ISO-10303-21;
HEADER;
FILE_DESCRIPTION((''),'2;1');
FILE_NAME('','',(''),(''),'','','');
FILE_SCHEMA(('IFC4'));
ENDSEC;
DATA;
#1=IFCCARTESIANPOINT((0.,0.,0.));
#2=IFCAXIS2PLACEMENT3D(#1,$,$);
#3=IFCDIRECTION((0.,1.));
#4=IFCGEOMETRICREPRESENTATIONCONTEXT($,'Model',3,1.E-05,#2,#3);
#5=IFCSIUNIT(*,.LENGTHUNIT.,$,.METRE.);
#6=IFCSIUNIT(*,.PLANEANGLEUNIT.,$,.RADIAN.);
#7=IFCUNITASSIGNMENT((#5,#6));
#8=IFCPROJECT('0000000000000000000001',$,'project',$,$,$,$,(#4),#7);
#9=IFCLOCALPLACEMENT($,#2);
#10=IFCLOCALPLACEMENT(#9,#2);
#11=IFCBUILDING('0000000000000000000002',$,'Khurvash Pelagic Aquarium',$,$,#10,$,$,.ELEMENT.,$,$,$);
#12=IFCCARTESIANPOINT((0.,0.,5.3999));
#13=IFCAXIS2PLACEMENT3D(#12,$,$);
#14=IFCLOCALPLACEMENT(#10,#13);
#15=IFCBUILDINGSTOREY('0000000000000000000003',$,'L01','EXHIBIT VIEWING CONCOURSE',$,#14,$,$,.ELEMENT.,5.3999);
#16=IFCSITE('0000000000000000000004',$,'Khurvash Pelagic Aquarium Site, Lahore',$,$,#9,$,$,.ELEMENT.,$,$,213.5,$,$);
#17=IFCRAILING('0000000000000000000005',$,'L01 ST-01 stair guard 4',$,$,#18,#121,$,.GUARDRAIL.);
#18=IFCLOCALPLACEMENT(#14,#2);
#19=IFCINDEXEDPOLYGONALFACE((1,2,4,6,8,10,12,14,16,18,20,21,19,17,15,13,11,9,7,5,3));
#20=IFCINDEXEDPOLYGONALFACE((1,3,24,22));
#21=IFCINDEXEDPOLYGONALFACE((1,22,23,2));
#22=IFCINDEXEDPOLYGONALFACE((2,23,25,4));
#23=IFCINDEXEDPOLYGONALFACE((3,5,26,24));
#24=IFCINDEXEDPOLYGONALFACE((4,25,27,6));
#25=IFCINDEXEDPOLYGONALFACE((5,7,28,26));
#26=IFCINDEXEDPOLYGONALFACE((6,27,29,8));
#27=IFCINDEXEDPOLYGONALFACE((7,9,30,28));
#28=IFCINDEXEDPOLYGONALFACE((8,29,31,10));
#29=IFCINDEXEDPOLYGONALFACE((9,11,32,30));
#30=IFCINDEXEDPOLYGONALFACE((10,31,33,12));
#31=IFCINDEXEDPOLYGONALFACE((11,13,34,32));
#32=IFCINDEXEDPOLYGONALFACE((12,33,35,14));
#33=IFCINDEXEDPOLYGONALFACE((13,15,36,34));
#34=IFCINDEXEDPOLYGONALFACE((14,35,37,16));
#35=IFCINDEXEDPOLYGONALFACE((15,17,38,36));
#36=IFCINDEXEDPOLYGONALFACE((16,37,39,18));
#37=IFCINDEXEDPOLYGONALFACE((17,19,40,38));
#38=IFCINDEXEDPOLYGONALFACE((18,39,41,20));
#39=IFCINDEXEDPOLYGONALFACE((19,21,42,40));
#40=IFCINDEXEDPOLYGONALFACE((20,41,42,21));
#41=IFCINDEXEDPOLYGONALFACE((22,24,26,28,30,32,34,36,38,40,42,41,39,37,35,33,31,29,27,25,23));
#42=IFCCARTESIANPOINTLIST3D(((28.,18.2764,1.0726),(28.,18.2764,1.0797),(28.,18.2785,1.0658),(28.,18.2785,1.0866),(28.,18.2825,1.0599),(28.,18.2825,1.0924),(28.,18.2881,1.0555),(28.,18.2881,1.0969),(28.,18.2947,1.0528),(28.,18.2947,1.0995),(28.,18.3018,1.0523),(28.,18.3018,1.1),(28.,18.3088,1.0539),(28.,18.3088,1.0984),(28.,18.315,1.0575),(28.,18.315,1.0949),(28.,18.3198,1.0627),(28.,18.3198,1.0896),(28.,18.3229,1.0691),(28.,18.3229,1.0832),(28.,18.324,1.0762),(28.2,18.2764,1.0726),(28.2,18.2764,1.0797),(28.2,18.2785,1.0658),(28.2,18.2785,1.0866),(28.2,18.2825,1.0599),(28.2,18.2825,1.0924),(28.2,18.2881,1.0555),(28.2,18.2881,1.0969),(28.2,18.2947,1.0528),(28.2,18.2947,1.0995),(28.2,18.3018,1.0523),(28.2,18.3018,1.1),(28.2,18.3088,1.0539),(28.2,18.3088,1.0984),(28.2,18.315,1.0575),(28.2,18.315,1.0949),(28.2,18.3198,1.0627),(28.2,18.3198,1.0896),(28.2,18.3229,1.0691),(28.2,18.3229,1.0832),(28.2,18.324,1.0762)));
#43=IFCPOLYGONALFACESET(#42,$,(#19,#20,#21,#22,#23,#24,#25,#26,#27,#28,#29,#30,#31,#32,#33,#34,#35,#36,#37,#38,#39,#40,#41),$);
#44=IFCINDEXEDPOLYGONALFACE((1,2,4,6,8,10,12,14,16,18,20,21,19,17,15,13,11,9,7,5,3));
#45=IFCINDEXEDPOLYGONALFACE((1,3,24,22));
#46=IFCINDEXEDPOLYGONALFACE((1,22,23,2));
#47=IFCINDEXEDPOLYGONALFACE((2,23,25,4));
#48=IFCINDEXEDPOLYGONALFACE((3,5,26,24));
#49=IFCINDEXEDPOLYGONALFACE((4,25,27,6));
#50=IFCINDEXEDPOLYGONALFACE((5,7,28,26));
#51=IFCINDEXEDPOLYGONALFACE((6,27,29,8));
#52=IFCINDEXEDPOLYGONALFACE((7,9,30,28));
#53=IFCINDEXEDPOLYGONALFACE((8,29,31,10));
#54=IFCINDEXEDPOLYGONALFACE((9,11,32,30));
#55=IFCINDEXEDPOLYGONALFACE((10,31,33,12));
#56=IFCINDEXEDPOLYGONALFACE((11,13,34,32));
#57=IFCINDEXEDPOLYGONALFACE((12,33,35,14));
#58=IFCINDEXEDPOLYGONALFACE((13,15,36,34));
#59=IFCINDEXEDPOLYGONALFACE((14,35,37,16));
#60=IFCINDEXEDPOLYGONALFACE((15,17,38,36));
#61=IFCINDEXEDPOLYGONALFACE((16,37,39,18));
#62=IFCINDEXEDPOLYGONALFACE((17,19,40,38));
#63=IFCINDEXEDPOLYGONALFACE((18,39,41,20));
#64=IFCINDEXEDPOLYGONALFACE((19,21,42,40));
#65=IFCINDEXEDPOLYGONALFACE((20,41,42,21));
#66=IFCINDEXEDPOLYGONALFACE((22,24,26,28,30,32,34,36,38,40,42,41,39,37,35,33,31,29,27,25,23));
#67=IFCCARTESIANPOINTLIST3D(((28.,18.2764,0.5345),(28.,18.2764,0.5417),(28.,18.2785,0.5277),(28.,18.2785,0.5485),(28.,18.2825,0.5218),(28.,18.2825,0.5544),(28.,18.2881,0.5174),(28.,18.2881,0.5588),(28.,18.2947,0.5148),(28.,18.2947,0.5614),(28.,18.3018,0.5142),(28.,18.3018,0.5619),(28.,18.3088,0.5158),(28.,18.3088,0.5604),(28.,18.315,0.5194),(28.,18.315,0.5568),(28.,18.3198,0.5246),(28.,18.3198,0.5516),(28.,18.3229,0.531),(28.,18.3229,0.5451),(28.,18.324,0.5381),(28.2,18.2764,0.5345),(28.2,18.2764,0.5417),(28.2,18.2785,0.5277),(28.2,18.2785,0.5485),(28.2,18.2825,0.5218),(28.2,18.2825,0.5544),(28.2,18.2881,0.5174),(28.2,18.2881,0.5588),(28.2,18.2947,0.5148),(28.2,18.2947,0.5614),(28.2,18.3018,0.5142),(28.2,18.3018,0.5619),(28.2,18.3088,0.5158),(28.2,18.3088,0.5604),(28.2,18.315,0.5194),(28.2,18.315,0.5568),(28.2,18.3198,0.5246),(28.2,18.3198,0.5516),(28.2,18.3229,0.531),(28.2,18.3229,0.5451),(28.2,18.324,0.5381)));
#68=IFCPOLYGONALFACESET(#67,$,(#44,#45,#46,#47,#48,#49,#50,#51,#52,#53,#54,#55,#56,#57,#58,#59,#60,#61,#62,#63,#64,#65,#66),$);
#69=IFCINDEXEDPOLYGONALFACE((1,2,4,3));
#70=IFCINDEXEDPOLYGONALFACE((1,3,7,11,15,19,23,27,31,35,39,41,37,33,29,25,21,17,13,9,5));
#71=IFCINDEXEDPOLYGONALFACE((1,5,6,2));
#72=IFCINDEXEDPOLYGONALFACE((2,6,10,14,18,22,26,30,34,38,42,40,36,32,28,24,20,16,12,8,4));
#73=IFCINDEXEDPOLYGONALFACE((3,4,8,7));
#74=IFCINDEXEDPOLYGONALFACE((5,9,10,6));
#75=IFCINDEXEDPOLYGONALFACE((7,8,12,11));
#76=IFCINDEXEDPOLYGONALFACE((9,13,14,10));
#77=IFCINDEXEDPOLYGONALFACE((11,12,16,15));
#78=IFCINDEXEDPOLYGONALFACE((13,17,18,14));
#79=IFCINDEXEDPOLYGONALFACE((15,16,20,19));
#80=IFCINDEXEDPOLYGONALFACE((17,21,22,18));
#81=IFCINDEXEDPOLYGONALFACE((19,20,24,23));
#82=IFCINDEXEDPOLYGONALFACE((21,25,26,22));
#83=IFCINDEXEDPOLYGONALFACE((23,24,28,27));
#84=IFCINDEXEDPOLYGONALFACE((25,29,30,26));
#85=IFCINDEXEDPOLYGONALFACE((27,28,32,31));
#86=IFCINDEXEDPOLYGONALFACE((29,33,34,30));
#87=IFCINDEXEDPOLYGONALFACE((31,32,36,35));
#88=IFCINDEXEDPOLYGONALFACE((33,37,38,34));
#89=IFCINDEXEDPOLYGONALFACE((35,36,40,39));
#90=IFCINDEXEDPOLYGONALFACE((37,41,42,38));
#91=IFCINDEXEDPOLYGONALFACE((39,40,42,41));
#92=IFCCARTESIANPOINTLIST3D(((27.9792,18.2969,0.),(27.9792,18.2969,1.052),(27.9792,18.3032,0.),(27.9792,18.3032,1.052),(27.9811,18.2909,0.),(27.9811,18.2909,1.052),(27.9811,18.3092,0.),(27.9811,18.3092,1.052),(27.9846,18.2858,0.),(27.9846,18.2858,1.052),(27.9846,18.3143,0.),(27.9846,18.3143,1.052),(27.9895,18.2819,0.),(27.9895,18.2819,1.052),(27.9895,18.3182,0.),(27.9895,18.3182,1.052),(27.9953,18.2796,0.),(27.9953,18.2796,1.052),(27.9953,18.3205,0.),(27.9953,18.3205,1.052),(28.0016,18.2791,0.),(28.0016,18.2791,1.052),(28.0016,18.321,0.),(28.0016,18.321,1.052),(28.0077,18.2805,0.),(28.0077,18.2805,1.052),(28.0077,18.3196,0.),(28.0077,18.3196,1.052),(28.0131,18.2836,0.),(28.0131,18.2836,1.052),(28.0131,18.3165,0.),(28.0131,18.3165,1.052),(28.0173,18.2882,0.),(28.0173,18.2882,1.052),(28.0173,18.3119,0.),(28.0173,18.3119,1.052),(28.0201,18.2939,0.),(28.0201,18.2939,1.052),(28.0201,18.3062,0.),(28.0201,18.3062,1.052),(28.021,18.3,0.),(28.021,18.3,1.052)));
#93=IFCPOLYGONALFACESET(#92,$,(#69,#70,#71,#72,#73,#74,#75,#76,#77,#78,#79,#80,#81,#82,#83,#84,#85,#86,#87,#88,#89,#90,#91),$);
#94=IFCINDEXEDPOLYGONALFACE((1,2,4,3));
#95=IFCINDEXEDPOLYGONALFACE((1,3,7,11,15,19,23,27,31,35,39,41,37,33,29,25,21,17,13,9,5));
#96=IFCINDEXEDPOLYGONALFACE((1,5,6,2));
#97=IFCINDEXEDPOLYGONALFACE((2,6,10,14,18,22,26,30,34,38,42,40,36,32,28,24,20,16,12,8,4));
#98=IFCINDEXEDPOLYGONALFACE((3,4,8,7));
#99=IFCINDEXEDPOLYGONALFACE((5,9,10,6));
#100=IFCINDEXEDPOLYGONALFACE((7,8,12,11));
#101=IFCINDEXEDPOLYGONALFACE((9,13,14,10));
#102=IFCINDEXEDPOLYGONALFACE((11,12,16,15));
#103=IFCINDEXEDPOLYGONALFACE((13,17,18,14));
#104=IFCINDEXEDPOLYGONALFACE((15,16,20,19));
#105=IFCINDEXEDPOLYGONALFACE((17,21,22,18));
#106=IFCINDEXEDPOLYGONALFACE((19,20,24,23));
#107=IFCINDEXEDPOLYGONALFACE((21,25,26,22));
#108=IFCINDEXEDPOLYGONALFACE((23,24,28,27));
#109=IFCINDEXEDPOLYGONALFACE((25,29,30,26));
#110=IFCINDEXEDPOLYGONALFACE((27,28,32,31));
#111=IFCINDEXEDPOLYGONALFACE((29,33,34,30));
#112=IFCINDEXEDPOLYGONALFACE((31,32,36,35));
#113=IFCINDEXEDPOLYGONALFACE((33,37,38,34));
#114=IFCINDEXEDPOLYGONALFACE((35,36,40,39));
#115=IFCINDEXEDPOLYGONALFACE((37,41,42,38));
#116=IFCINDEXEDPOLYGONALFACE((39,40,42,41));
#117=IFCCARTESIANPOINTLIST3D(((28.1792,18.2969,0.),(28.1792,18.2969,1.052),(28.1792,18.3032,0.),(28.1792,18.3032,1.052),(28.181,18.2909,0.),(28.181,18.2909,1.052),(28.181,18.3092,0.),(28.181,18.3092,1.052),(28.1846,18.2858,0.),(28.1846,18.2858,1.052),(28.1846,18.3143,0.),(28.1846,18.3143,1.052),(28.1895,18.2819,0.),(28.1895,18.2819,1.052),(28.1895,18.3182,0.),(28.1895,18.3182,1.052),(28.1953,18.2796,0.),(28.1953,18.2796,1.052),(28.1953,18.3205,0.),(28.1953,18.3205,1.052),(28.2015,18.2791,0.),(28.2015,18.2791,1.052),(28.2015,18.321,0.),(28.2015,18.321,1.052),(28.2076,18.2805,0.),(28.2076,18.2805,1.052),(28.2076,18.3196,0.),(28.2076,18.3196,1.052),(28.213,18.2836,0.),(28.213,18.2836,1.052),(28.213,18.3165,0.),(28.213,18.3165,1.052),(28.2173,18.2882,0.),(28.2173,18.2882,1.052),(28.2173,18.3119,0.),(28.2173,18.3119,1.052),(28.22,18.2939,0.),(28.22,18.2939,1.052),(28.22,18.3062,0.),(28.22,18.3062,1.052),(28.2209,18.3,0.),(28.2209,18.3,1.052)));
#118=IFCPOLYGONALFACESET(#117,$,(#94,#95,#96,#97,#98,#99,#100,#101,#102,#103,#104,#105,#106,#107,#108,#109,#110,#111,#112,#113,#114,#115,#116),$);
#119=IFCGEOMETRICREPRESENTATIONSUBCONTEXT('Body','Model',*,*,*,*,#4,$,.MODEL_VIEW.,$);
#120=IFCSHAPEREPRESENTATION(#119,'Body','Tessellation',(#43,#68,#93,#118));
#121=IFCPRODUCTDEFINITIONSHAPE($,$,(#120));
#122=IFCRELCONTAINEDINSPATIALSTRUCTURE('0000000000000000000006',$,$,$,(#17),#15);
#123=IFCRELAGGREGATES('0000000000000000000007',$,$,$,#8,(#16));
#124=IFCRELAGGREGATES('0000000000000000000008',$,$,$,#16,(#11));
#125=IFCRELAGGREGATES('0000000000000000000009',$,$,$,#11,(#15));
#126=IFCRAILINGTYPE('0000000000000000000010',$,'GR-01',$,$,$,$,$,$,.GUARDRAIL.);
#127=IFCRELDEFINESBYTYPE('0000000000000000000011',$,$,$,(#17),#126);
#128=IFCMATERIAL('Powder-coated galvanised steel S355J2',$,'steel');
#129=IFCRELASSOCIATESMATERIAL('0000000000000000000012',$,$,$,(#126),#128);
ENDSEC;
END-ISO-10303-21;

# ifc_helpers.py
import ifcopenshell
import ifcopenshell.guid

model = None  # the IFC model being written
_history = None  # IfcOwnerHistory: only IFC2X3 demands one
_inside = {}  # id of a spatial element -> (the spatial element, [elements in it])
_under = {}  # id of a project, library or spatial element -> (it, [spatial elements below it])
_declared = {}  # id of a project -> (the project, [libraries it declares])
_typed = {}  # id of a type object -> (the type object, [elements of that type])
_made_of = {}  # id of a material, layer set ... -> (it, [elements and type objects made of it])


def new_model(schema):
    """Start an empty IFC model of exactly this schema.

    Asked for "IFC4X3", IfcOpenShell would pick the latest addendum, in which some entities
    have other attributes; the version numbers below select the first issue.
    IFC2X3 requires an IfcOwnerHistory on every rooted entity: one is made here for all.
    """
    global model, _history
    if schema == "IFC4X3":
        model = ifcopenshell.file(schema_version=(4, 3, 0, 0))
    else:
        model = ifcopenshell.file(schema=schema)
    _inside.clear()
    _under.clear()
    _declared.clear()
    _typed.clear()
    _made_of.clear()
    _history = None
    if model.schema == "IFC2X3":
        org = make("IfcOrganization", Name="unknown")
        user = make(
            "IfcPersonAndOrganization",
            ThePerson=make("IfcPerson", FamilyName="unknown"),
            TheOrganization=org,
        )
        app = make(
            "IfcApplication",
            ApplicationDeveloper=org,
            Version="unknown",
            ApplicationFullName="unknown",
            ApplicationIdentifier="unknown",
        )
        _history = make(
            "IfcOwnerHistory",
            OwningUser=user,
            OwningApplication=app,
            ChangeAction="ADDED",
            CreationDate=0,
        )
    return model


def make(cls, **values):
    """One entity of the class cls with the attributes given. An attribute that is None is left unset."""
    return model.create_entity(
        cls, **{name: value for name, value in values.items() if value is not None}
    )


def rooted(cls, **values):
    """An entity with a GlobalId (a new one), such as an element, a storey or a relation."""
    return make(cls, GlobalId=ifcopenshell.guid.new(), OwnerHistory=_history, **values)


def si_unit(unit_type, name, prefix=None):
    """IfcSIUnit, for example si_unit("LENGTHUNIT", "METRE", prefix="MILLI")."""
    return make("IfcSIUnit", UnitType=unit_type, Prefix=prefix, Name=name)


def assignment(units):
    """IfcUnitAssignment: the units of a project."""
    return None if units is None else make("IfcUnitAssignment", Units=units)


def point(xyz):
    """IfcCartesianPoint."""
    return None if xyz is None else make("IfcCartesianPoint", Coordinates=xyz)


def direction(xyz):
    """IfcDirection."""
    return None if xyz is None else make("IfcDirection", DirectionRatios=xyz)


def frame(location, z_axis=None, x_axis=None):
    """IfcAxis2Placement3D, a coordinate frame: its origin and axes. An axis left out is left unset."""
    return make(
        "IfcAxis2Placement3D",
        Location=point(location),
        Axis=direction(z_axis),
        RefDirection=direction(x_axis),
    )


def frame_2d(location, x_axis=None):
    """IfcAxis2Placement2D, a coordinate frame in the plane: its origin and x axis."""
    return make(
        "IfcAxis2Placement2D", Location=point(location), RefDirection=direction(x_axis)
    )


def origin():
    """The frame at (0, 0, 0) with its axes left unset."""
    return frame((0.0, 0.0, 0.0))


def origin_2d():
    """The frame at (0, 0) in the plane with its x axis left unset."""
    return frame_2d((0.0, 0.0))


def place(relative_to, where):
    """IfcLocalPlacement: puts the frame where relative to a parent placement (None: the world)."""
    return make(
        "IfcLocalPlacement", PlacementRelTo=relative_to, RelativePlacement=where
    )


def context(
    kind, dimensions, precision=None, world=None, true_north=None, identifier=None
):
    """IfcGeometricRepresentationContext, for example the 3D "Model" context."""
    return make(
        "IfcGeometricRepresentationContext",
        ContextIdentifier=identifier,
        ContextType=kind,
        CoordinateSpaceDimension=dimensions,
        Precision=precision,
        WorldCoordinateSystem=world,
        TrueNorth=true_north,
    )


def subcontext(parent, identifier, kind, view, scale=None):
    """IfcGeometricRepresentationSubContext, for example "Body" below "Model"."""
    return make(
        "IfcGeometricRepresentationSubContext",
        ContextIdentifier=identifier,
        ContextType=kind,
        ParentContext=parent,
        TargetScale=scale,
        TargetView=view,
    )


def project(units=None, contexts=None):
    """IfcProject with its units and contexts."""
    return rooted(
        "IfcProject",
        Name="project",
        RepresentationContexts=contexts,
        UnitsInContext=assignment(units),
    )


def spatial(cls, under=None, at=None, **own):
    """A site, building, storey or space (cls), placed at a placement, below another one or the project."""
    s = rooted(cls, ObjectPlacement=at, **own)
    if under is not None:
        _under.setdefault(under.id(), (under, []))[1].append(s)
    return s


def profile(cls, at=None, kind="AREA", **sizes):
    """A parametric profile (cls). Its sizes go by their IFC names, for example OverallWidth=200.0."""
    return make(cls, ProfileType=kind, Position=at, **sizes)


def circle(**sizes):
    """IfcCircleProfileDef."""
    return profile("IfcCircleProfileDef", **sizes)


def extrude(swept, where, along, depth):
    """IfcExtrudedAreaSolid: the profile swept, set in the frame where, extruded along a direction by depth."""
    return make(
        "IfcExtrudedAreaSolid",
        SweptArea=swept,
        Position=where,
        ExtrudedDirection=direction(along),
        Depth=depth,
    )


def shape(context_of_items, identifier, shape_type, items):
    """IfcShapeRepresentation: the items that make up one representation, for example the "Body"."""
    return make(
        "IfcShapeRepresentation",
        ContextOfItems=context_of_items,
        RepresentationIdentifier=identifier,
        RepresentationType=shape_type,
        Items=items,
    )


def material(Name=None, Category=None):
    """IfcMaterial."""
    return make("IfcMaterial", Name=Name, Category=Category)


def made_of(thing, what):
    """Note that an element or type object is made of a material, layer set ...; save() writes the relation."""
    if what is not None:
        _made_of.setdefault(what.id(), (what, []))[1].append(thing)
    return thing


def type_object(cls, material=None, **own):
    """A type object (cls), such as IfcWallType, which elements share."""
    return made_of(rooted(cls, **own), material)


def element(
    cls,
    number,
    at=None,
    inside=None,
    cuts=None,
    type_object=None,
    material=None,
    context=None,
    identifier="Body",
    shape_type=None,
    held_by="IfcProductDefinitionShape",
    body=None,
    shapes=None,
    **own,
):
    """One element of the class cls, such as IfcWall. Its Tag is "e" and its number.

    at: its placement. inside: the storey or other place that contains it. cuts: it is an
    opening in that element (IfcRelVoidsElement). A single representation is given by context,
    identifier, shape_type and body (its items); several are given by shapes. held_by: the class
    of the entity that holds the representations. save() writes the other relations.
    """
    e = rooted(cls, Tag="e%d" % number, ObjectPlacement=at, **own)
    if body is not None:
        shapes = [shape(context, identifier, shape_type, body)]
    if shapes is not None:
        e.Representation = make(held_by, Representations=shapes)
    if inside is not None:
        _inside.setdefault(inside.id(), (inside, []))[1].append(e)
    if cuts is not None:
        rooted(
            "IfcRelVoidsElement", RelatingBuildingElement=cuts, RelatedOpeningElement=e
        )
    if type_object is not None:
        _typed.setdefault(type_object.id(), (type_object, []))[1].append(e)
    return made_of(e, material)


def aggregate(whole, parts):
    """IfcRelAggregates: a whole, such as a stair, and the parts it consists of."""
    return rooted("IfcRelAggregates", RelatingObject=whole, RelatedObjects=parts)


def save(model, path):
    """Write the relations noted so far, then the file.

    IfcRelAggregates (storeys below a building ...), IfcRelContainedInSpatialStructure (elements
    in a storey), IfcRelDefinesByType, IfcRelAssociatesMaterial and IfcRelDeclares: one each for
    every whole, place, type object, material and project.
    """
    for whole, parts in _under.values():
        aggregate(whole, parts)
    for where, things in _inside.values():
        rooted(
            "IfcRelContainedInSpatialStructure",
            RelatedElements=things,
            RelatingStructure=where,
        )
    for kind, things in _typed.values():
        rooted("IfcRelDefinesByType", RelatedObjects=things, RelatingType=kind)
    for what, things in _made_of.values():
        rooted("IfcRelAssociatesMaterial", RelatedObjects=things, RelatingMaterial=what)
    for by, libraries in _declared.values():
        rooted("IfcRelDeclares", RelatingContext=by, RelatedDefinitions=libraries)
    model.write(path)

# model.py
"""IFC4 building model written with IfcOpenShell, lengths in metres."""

from ifc_helpers import new_model, si_unit, direction, frame, origin, origin_2d, place, context, subcontext, project, spatial, circle, extrude, material, type_object, element, save


model = new_model("IFC4")

# Units and contexts
model_context = context("Model", 3, precision=1e-05, world=origin(), true_north=direction((0.0, 1.0)))
body_context = subcontext(model_context, "Body", "Model", "MODEL_VIEW")
ifc_project = project(units=[si_unit("LENGTHUNIT", "METRE"), si_unit("PLANEANGLEUNIT", "RADIAN")], contexts=[model_context])

# Site, building, storey
site_placement = place(None, origin())
site = spatial("IfcSite", under=ifc_project, at=site_placement, Name="Khurvash Pelagic Aquarium Site, Lahore", CompositionType="ELEMENT", RefElevation=213.5)
building_placement = place(site_placement, origin())
building = spatial("IfcBuilding", under=site, at=building_placement, Name="Khurvash Pelagic Aquarium", CompositionType="ELEMENT")
storey_placement = place(building_placement, frame((0.0, 0.0, 5.3999)))
storey = spatial("IfcBuildingStorey", under=building, at=storey_placement, Name="L01", Description="EXHIBIT VIEWING CONCOURSE", CompositionType="ELEMENT", Elevation=5.3999)

# Railing
ifc_material_1 = material(Name="Powder-coated galvanised steel S355J2", Category="steel")
railing_type_1 = type_object("IfcRailingType", Name="GR-01", PredefinedType="GUARDRAIL", material=ifc_material_1)
railing_1_placement = place(storey_placement, frame((28.0, 18.3, 0.0)))
element("IfcRailing", 1, at=railing_1_placement, inside=storey, type_object=railing_type_1, Name="L01 ST-01 stair guard 4", PredefinedType="GUARDRAIL", context=body_context, shape_type="SweptSolid", body=[
    extrude(circle(Radius=0.0239, at=origin_2d()), frame((0.0, 0.0, 1.0762), z_axis=(1.0, 0.0, 0.0), x_axis=(0.0, 1.0, 0.0)), (0.0, 0.0, 1.0), 0.2),
    extrude(circle(Radius=0.0239, at=origin_2d()), frame((0.0, 0.0, 0.5381), z_axis=(1.0, 0.0, 0.0), x_axis=(0.0, 1.0, 0.0)), (0.0, 0.0, 1.0), 0.2),
    extrude(circle(Radius=0.021, at=origin_2d()), origin(), (0.0, 0.0, 1.0), 1.052),
    extrude(circle(Radius=0.021, at=origin_2d()), frame((0.2, 0.0, 0.0)), (0.0, 0.0, 1.0), 1.052),
])

save(model, "model.ifc")
